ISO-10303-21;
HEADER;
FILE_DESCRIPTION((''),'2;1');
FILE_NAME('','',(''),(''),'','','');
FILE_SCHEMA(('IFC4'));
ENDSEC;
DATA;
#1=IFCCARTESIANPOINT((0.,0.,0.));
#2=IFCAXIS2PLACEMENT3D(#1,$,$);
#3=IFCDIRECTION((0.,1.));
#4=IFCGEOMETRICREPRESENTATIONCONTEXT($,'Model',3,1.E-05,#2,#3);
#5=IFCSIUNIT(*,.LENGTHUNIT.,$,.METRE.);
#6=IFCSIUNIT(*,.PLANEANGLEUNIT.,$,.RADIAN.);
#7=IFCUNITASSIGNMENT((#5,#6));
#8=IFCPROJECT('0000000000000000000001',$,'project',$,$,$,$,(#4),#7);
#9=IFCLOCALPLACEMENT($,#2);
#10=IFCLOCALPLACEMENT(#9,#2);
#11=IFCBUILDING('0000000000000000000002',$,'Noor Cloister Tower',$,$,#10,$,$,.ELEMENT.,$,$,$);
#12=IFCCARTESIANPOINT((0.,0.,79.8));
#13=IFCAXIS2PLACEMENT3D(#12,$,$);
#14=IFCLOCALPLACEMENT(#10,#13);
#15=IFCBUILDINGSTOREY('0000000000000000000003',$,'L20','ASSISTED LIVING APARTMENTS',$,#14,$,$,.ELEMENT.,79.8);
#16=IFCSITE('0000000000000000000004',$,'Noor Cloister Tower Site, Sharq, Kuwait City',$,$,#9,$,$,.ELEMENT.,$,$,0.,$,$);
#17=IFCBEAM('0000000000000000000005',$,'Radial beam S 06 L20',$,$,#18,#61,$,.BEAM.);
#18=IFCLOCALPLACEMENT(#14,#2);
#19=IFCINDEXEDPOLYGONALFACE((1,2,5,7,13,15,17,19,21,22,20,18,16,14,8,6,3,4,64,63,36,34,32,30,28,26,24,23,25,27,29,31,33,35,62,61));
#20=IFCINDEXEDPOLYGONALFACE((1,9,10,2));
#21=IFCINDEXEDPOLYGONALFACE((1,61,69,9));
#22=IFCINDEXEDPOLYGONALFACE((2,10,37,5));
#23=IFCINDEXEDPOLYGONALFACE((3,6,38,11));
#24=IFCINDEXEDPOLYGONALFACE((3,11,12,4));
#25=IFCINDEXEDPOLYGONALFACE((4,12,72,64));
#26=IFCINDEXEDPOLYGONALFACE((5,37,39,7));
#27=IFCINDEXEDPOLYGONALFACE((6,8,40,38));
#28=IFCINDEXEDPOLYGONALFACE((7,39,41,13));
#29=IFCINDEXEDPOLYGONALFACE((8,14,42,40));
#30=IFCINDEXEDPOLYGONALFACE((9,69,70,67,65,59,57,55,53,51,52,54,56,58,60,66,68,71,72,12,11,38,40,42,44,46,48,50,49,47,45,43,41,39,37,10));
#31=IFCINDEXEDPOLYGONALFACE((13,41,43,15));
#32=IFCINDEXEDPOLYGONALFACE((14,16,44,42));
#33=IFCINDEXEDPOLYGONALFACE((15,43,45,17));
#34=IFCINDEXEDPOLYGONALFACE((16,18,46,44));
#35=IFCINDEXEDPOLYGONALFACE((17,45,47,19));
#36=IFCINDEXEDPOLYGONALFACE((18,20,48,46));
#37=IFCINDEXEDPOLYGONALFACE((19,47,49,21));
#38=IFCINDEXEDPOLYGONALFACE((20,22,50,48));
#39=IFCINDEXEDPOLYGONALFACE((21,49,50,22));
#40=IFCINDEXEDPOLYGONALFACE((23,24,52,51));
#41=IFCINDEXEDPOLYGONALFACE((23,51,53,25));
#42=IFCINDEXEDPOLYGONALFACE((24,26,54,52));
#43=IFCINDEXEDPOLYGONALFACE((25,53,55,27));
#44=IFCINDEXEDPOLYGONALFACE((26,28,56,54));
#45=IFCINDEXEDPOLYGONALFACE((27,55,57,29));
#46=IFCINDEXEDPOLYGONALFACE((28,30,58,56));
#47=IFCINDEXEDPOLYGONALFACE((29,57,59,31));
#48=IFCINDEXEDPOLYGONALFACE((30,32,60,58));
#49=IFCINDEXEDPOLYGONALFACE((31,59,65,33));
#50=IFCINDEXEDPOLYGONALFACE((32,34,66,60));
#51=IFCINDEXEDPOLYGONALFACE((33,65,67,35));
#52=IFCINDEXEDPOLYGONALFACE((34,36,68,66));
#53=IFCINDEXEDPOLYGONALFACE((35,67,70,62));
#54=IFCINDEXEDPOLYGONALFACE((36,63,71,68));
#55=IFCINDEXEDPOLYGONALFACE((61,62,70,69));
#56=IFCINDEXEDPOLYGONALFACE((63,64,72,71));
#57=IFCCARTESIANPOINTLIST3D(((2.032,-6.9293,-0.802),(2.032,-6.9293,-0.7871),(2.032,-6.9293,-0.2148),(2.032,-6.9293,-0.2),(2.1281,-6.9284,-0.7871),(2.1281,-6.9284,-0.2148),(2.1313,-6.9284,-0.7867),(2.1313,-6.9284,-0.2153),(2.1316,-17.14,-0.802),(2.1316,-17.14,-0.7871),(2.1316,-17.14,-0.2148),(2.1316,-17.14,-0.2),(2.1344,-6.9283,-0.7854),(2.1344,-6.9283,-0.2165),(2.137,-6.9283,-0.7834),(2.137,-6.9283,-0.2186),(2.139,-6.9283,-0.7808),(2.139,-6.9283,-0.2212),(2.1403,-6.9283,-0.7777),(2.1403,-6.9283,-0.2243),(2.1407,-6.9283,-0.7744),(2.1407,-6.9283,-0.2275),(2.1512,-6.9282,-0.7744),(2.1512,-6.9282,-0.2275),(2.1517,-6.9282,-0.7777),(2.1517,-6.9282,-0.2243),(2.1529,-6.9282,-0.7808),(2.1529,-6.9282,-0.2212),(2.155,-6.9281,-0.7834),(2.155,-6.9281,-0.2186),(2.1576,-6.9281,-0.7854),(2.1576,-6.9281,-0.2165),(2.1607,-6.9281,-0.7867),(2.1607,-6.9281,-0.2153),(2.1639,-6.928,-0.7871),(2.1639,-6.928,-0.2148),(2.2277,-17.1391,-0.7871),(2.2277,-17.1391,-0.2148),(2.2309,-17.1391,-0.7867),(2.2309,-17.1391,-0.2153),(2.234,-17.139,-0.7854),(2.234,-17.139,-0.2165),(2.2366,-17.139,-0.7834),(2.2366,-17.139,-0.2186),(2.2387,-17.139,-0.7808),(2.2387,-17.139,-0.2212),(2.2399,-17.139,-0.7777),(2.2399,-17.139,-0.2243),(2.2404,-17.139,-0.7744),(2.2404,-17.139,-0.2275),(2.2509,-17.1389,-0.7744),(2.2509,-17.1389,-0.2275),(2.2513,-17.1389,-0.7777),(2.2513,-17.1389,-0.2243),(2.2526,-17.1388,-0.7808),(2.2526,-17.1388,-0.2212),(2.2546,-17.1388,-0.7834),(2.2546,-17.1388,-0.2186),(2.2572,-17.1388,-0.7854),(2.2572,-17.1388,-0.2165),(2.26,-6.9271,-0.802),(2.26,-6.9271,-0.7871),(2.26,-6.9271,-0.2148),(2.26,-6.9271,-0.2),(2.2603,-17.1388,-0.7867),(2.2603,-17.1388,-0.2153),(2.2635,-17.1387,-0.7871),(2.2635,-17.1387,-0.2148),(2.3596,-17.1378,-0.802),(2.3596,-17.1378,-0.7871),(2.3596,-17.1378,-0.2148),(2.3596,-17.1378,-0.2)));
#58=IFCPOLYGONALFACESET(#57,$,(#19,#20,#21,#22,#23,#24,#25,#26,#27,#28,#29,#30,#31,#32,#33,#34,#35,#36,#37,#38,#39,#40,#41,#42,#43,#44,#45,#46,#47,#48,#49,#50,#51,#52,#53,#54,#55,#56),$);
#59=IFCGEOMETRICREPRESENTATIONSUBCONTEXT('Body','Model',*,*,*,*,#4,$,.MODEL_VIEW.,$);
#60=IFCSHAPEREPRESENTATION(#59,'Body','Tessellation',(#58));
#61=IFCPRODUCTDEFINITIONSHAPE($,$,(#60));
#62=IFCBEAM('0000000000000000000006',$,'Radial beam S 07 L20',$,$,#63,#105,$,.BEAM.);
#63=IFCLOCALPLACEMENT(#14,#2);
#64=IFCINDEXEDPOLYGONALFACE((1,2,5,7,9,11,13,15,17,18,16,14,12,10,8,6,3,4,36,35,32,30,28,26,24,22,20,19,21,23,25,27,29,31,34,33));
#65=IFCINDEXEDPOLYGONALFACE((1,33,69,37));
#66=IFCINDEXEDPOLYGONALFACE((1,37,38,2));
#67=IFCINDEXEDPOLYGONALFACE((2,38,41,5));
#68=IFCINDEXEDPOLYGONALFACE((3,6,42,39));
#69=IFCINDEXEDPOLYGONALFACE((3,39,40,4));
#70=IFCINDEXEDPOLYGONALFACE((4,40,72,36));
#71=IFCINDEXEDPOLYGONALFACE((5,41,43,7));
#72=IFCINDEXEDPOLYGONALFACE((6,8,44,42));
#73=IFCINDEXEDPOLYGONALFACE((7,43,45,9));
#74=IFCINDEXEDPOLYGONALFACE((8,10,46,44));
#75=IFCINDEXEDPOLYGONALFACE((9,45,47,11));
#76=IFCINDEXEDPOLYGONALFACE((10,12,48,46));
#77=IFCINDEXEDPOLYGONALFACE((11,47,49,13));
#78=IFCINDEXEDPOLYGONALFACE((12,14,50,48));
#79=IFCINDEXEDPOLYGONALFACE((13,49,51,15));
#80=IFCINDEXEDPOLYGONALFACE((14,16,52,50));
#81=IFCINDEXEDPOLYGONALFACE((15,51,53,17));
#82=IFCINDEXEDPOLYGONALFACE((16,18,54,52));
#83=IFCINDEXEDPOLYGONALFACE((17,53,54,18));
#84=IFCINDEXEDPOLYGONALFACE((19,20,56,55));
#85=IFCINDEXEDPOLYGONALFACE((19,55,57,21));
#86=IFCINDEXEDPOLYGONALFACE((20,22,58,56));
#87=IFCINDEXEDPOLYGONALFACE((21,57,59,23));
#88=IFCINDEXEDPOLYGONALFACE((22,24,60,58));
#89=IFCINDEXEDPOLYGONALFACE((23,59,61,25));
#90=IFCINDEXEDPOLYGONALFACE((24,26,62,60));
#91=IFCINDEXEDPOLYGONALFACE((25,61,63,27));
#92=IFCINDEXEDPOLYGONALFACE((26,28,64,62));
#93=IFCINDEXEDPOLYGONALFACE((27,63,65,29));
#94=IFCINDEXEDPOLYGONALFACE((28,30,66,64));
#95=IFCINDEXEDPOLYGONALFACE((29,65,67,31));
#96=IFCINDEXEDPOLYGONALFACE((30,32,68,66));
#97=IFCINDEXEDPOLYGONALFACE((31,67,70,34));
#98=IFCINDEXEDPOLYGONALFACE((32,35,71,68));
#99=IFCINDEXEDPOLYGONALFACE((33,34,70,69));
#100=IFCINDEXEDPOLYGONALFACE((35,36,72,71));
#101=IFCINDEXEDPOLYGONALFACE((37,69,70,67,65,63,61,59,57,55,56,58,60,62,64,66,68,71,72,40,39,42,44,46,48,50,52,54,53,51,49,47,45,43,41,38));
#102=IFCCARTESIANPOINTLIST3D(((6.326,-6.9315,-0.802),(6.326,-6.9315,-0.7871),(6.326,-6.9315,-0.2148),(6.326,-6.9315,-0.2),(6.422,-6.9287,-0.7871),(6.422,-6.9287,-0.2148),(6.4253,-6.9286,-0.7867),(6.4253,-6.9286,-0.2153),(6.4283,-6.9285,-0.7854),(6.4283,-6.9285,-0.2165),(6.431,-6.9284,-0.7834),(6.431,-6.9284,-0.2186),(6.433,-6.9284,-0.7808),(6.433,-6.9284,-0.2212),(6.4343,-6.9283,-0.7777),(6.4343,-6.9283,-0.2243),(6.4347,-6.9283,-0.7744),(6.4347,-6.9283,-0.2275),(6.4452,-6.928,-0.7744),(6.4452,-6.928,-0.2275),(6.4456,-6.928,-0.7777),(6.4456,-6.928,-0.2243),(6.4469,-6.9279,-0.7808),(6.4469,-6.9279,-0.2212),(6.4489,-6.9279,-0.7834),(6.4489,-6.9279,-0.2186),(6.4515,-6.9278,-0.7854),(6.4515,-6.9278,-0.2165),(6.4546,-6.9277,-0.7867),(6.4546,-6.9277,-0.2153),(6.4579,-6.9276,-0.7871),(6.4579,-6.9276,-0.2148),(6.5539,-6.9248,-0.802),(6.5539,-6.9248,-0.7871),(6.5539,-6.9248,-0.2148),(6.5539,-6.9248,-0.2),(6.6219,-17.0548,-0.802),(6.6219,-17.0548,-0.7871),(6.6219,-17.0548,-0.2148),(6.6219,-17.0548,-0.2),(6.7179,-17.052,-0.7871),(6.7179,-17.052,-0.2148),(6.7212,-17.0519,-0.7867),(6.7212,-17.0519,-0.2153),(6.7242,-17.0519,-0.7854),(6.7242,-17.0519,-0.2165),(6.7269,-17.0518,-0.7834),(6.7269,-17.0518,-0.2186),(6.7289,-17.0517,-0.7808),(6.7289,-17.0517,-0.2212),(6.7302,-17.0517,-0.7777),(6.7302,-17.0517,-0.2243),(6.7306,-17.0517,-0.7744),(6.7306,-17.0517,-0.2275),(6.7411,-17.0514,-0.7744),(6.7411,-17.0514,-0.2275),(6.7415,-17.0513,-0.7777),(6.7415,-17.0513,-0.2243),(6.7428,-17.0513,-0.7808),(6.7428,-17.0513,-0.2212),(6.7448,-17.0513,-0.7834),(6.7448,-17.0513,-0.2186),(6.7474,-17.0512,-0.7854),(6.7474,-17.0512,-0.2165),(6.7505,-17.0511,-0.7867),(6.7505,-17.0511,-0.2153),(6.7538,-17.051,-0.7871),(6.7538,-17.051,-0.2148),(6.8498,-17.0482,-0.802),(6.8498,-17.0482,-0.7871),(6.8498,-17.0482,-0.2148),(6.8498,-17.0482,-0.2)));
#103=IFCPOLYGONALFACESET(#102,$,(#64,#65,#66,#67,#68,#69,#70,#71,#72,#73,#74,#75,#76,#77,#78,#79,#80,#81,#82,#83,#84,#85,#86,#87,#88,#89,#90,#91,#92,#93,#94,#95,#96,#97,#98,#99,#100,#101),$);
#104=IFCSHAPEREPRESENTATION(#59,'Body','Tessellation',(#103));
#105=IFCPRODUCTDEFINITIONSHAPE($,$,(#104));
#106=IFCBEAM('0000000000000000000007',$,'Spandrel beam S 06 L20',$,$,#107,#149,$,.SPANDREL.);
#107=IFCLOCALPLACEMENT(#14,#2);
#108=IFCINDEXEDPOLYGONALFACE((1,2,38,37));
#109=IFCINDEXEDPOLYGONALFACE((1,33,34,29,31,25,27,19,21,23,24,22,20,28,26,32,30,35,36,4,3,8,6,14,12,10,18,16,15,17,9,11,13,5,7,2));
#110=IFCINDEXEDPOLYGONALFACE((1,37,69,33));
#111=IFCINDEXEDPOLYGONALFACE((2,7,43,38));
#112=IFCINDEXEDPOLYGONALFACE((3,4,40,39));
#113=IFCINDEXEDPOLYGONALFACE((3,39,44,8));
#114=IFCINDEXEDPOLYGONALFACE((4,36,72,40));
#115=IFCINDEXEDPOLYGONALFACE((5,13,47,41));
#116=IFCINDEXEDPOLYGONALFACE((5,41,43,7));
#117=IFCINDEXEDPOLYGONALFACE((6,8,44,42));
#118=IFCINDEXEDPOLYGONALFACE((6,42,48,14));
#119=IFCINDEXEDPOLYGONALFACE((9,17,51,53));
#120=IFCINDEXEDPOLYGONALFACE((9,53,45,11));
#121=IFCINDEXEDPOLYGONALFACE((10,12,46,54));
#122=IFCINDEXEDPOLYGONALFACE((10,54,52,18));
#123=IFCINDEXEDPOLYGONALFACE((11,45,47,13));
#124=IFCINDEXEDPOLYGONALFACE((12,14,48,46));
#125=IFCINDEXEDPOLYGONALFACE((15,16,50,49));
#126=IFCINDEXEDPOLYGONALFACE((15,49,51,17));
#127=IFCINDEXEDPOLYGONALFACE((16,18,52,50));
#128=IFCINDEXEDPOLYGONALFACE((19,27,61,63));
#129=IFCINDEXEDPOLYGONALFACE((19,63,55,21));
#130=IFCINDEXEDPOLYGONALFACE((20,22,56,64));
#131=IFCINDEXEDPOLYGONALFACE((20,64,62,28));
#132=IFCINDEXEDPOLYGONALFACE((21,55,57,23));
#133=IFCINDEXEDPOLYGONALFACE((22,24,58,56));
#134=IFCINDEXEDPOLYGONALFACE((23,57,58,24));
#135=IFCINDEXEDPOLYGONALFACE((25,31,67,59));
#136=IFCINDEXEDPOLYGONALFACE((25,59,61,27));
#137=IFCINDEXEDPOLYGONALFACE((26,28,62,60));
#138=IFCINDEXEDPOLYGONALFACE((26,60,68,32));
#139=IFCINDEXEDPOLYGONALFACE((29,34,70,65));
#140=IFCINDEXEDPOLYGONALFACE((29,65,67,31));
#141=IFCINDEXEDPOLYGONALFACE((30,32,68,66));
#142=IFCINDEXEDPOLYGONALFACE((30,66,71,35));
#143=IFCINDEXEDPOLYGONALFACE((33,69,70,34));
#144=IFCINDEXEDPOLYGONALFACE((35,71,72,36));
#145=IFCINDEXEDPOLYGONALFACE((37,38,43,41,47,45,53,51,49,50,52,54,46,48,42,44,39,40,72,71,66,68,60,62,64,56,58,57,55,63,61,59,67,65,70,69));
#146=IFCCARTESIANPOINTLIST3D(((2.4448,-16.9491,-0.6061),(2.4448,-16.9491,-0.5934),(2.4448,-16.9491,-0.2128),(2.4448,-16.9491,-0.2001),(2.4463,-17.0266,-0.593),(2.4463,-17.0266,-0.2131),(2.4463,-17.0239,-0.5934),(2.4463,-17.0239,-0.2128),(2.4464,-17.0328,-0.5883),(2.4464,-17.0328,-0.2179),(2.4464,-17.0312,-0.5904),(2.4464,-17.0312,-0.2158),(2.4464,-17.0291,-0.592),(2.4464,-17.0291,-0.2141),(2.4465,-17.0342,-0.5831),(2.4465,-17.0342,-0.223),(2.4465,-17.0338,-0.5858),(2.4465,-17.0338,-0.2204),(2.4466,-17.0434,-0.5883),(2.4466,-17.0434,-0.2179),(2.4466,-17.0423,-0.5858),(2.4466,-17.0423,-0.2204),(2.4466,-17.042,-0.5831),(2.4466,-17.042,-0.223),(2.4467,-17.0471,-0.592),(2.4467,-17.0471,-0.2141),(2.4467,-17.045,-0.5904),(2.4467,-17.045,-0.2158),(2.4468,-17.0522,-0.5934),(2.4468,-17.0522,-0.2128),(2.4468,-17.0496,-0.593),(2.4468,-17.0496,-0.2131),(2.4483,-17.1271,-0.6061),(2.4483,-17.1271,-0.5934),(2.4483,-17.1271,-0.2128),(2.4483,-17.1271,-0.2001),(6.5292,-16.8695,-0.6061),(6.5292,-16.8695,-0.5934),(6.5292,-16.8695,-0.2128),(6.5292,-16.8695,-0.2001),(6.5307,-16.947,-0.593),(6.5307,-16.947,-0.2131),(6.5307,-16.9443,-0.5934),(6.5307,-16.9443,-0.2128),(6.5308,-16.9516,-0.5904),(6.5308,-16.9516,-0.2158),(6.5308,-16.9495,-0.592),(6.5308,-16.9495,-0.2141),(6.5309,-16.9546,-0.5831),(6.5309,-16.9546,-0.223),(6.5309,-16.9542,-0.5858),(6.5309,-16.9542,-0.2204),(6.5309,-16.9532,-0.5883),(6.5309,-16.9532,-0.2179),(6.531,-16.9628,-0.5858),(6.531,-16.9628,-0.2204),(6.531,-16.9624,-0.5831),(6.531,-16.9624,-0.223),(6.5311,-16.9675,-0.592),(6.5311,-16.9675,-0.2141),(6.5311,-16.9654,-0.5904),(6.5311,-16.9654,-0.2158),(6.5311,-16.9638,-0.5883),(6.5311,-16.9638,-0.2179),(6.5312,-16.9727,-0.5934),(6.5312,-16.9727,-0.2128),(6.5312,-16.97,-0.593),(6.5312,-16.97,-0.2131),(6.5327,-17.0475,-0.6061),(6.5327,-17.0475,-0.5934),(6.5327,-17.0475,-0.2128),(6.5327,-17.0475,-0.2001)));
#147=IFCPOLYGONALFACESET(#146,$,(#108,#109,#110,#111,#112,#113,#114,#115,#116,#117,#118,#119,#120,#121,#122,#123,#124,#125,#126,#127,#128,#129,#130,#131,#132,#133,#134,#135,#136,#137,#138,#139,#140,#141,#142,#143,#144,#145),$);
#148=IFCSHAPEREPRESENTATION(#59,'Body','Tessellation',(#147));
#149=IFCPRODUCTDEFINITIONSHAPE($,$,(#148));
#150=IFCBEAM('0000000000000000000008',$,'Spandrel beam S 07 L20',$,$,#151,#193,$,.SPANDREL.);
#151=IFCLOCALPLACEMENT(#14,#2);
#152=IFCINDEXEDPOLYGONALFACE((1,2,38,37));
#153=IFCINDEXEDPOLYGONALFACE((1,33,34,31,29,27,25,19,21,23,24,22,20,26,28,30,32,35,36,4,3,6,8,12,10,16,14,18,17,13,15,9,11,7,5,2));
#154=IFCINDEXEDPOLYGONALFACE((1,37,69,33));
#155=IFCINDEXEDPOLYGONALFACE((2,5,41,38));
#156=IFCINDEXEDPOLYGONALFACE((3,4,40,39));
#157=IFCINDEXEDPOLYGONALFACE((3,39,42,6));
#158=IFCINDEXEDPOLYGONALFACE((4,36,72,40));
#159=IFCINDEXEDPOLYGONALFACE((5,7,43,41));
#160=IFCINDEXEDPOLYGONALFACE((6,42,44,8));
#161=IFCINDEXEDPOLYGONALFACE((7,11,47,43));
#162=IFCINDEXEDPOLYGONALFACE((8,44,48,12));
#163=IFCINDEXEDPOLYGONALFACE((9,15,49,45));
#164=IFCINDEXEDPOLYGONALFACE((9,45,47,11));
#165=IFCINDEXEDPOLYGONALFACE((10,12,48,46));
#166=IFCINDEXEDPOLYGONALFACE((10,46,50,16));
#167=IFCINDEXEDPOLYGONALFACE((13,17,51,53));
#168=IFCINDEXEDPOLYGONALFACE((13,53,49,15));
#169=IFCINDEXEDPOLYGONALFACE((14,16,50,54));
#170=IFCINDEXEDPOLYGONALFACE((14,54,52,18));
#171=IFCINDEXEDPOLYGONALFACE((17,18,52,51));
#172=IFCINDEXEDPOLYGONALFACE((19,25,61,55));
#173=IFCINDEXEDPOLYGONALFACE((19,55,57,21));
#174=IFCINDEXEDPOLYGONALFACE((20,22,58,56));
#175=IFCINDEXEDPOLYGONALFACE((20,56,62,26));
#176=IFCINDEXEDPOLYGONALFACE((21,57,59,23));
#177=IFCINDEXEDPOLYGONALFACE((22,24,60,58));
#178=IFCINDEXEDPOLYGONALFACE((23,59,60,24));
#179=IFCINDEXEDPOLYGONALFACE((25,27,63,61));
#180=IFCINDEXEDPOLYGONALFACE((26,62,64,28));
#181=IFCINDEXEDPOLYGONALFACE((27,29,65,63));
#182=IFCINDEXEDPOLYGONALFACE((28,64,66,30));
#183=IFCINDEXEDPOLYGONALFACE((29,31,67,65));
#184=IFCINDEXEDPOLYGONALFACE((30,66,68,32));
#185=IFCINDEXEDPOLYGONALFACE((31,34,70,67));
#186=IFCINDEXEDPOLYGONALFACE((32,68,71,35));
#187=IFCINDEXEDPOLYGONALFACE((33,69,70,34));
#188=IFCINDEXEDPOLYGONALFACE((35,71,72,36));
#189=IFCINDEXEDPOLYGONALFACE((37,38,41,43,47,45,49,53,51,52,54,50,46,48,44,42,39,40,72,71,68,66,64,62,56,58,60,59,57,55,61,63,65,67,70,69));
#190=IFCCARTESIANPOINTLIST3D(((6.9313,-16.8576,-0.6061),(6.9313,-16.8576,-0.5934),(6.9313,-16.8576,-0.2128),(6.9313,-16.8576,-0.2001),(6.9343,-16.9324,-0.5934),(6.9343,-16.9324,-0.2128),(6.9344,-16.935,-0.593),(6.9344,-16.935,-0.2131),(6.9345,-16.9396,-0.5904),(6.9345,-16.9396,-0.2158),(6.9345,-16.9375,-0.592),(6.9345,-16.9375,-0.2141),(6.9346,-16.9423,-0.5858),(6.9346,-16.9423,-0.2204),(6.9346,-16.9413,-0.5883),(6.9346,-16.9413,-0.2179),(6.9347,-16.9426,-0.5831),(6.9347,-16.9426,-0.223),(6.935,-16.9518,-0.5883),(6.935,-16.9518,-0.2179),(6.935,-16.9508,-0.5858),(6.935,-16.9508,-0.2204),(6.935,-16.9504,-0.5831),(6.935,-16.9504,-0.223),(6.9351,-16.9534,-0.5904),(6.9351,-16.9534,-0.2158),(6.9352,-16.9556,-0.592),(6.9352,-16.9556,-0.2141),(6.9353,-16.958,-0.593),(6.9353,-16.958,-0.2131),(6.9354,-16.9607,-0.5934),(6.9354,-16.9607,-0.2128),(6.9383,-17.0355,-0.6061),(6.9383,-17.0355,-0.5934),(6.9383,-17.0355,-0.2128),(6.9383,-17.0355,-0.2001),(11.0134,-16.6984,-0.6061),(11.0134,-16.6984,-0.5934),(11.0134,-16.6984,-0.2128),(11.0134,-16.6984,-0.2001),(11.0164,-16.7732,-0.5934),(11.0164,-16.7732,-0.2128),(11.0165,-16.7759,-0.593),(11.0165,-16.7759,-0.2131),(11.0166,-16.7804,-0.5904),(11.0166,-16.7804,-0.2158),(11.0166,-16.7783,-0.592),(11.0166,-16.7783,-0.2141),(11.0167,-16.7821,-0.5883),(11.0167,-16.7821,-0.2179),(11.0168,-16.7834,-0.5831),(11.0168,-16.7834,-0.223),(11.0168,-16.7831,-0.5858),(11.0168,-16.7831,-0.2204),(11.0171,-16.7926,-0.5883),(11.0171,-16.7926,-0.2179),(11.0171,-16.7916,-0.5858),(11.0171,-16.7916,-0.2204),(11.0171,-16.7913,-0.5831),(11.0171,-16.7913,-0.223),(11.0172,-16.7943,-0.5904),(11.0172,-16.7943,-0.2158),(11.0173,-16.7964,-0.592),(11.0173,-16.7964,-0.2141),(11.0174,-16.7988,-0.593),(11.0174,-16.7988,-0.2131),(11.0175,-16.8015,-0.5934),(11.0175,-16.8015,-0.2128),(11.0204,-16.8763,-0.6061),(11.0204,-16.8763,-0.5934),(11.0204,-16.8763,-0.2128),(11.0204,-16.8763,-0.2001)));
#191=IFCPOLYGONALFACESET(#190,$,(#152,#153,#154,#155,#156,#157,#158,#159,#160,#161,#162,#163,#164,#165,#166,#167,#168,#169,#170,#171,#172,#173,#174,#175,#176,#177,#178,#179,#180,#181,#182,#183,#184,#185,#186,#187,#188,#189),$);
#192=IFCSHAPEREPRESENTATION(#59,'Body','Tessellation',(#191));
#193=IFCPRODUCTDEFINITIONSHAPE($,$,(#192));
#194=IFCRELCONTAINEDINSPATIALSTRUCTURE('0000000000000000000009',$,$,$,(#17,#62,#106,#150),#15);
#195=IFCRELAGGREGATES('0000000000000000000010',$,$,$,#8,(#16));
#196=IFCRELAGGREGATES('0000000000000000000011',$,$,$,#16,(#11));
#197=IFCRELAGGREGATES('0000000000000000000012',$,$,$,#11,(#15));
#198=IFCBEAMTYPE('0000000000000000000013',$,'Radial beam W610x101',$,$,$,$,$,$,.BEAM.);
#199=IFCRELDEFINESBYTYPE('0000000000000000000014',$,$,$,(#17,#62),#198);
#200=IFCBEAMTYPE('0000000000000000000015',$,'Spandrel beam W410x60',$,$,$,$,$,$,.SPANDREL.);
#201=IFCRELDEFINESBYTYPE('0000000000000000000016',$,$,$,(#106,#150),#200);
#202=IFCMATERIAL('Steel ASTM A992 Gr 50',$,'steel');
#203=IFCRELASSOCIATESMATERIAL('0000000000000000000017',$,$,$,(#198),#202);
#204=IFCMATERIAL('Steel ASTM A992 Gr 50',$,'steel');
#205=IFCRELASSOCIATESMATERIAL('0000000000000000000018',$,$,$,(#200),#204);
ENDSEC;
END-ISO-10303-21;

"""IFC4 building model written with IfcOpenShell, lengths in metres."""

from ifc_helpers import new_model, si_unit, direction, frame, origin, origin_2d, place, context, subcontext, project, spatial, i_section, extrude, material, material_profile, profile_set, type_object, element, save


model = new_model("IFC4")

# Units and contexts
model_context = context("Model", 3, precision=1e-05, world=origin(), true_north=direction((0.0, 1.0)))
body_context = subcontext(model_context, "Body", "Model", "MODEL_VIEW")
ifc_project = project(units=[si_unit("LENGTHUNIT", "METRE"), si_unit("PLANEANGLEUNIT", "RADIAN")], contexts=[model_context])

# Site, building, storey
site_placement = place(None, origin())
site = spatial("IfcSite", under=ifc_project, at=site_placement, Name="Noor Cloister Tower Site, Sharq, Kuwait City", CompositionType="ELEMENT", RefElevation=0.0)
building_placement = place(site_placement, origin())
building = spatial("IfcBuilding", under=site, at=building_placement, Name="Noor Cloister Tower", CompositionType="ELEMENT")
storey_placement = place(building_placement, frame((0.0, 0.0, 79.8)))
storey = spatial("IfcBuildingStorey", under=building, at=storey_placement, Name="L20", Description="ASSISTED LIVING APARTMENTS", CompositionType="ELEMENT", Elevation=79.8)

# Beams
ifc_material_1 = material(Name="Steel ASTM A992 Gr 50", Category="steel")
ifc_material_profile_1 = material_profile(ifc_material_1, i_section(OverallWidth=0.228, OverallDepth=0.6021, WebThickness=0.0105, FlangeThickness=0.0149, FilletRadius=0.0127, at=origin_2d()), Name="W610x101")
ifc_profile_set_1 = profile_set([ifc_material_profile_1], Name="Steel ASTM A992 Gr 50")
beam_type_1 = type_object("IfcBeamType", Name="Radial beam W610x101", PredefinedType="BEAM", material=ifc_profile_set_1)
beam_1_placement = place(storey_placement, frame((2.2456, -17.1389, -0.501), z_axis=(-0.009755, 0.999952, 0.0), x_axis=(-0.999952, -0.009755, 0.0)))
element("IfcBeam", 1, at=beam_1_placement, inside=storey, type_object=beam_type_1, Name="Radial beam S 06 L20", PredefinedType="BEAM", context=body_context, shape_type="SweptSolid", body=[
    extrude(i_section(OverallWidth=0.228, OverallDepth=0.6021, WebThickness=0.0105, FlangeThickness=0.0149, FilletRadius=0.0127, at=origin_2d()), origin(), (0.0, 0.0, 1.0), 10.2112),
])
beam_2_placement = place(storey_placement, frame((6.7358, -17.0515, -0.501), z_axis=(-0.029217, 0.999573, 0.0), x_axis=(-0.999573, -0.029217, 0.0)))
element("IfcBeam", 2, at=beam_2_placement, inside=storey, type_object=beam_type_1, Name="Radial beam S 07 L20", PredefinedType="BEAM", context=body_context, shape_type="SweptSolid", body=[
    extrude(i_section(OverallWidth=0.228, OverallDepth=0.6021, WebThickness=0.0105, FlangeThickness=0.0149, FilletRadius=0.0127, at=origin_2d()), origin(), (0.0, 0.0, 1.0), 10.1277),
])
ifc_material_2 = material(Name="Steel ASTM A992 Gr 50", Category="steel")
ifc_material_profile_2 = material_profile(ifc_material_2, i_section(OverallWidth=0.178, OverallDepth=0.406, WebThickness=0.0078, FlangeThickness=0.0127, FilletRadius=0.0103, at=origin_2d()), Name="W410x60")
ifc_profile_set_2 = profile_set([ifc_material_profile_2], Name="Steel ASTM A992 Gr 50")
beam_type_2 = type_object("IfcBeamType", Name="Spandrel beam W410x60", PredefinedType="SPANDREL", material=ifc_profile_set_2)
for number, where, z_axis, x_axis, name in (
    (3, (2.4465, -17.0381, -0.4031), (0.99981, 0.019482, 0.0), (-0.019482, 0.99981, 0.0), "Spandrel beam S 06 L20"),
    (4, (6.9348, -16.9465, -0.4031), (0.999241, 0.038966, 0.0), (-0.038966, 0.999241, 0.0), "Spandrel beam S 07 L20"),
):
    element("IfcBeam", number, at=place(storey_placement, frame(where, z_axis=z_axis, x_axis=x_axis)), inside=storey, type_object=beam_type_2, Name=name, PredefinedType="SPANDREL", context=body_context, shape_type="SweptSolid", body=[
        extrude(i_section(OverallWidth=0.178, OverallDepth=0.406, WebThickness=0.0078, FlangeThickness=0.0127, FilletRadius=0.0103, at=origin_2d()), origin(), (0.0, 0.0, 1.0), 4.0852),
    ])

save(model, "model.ifc")
